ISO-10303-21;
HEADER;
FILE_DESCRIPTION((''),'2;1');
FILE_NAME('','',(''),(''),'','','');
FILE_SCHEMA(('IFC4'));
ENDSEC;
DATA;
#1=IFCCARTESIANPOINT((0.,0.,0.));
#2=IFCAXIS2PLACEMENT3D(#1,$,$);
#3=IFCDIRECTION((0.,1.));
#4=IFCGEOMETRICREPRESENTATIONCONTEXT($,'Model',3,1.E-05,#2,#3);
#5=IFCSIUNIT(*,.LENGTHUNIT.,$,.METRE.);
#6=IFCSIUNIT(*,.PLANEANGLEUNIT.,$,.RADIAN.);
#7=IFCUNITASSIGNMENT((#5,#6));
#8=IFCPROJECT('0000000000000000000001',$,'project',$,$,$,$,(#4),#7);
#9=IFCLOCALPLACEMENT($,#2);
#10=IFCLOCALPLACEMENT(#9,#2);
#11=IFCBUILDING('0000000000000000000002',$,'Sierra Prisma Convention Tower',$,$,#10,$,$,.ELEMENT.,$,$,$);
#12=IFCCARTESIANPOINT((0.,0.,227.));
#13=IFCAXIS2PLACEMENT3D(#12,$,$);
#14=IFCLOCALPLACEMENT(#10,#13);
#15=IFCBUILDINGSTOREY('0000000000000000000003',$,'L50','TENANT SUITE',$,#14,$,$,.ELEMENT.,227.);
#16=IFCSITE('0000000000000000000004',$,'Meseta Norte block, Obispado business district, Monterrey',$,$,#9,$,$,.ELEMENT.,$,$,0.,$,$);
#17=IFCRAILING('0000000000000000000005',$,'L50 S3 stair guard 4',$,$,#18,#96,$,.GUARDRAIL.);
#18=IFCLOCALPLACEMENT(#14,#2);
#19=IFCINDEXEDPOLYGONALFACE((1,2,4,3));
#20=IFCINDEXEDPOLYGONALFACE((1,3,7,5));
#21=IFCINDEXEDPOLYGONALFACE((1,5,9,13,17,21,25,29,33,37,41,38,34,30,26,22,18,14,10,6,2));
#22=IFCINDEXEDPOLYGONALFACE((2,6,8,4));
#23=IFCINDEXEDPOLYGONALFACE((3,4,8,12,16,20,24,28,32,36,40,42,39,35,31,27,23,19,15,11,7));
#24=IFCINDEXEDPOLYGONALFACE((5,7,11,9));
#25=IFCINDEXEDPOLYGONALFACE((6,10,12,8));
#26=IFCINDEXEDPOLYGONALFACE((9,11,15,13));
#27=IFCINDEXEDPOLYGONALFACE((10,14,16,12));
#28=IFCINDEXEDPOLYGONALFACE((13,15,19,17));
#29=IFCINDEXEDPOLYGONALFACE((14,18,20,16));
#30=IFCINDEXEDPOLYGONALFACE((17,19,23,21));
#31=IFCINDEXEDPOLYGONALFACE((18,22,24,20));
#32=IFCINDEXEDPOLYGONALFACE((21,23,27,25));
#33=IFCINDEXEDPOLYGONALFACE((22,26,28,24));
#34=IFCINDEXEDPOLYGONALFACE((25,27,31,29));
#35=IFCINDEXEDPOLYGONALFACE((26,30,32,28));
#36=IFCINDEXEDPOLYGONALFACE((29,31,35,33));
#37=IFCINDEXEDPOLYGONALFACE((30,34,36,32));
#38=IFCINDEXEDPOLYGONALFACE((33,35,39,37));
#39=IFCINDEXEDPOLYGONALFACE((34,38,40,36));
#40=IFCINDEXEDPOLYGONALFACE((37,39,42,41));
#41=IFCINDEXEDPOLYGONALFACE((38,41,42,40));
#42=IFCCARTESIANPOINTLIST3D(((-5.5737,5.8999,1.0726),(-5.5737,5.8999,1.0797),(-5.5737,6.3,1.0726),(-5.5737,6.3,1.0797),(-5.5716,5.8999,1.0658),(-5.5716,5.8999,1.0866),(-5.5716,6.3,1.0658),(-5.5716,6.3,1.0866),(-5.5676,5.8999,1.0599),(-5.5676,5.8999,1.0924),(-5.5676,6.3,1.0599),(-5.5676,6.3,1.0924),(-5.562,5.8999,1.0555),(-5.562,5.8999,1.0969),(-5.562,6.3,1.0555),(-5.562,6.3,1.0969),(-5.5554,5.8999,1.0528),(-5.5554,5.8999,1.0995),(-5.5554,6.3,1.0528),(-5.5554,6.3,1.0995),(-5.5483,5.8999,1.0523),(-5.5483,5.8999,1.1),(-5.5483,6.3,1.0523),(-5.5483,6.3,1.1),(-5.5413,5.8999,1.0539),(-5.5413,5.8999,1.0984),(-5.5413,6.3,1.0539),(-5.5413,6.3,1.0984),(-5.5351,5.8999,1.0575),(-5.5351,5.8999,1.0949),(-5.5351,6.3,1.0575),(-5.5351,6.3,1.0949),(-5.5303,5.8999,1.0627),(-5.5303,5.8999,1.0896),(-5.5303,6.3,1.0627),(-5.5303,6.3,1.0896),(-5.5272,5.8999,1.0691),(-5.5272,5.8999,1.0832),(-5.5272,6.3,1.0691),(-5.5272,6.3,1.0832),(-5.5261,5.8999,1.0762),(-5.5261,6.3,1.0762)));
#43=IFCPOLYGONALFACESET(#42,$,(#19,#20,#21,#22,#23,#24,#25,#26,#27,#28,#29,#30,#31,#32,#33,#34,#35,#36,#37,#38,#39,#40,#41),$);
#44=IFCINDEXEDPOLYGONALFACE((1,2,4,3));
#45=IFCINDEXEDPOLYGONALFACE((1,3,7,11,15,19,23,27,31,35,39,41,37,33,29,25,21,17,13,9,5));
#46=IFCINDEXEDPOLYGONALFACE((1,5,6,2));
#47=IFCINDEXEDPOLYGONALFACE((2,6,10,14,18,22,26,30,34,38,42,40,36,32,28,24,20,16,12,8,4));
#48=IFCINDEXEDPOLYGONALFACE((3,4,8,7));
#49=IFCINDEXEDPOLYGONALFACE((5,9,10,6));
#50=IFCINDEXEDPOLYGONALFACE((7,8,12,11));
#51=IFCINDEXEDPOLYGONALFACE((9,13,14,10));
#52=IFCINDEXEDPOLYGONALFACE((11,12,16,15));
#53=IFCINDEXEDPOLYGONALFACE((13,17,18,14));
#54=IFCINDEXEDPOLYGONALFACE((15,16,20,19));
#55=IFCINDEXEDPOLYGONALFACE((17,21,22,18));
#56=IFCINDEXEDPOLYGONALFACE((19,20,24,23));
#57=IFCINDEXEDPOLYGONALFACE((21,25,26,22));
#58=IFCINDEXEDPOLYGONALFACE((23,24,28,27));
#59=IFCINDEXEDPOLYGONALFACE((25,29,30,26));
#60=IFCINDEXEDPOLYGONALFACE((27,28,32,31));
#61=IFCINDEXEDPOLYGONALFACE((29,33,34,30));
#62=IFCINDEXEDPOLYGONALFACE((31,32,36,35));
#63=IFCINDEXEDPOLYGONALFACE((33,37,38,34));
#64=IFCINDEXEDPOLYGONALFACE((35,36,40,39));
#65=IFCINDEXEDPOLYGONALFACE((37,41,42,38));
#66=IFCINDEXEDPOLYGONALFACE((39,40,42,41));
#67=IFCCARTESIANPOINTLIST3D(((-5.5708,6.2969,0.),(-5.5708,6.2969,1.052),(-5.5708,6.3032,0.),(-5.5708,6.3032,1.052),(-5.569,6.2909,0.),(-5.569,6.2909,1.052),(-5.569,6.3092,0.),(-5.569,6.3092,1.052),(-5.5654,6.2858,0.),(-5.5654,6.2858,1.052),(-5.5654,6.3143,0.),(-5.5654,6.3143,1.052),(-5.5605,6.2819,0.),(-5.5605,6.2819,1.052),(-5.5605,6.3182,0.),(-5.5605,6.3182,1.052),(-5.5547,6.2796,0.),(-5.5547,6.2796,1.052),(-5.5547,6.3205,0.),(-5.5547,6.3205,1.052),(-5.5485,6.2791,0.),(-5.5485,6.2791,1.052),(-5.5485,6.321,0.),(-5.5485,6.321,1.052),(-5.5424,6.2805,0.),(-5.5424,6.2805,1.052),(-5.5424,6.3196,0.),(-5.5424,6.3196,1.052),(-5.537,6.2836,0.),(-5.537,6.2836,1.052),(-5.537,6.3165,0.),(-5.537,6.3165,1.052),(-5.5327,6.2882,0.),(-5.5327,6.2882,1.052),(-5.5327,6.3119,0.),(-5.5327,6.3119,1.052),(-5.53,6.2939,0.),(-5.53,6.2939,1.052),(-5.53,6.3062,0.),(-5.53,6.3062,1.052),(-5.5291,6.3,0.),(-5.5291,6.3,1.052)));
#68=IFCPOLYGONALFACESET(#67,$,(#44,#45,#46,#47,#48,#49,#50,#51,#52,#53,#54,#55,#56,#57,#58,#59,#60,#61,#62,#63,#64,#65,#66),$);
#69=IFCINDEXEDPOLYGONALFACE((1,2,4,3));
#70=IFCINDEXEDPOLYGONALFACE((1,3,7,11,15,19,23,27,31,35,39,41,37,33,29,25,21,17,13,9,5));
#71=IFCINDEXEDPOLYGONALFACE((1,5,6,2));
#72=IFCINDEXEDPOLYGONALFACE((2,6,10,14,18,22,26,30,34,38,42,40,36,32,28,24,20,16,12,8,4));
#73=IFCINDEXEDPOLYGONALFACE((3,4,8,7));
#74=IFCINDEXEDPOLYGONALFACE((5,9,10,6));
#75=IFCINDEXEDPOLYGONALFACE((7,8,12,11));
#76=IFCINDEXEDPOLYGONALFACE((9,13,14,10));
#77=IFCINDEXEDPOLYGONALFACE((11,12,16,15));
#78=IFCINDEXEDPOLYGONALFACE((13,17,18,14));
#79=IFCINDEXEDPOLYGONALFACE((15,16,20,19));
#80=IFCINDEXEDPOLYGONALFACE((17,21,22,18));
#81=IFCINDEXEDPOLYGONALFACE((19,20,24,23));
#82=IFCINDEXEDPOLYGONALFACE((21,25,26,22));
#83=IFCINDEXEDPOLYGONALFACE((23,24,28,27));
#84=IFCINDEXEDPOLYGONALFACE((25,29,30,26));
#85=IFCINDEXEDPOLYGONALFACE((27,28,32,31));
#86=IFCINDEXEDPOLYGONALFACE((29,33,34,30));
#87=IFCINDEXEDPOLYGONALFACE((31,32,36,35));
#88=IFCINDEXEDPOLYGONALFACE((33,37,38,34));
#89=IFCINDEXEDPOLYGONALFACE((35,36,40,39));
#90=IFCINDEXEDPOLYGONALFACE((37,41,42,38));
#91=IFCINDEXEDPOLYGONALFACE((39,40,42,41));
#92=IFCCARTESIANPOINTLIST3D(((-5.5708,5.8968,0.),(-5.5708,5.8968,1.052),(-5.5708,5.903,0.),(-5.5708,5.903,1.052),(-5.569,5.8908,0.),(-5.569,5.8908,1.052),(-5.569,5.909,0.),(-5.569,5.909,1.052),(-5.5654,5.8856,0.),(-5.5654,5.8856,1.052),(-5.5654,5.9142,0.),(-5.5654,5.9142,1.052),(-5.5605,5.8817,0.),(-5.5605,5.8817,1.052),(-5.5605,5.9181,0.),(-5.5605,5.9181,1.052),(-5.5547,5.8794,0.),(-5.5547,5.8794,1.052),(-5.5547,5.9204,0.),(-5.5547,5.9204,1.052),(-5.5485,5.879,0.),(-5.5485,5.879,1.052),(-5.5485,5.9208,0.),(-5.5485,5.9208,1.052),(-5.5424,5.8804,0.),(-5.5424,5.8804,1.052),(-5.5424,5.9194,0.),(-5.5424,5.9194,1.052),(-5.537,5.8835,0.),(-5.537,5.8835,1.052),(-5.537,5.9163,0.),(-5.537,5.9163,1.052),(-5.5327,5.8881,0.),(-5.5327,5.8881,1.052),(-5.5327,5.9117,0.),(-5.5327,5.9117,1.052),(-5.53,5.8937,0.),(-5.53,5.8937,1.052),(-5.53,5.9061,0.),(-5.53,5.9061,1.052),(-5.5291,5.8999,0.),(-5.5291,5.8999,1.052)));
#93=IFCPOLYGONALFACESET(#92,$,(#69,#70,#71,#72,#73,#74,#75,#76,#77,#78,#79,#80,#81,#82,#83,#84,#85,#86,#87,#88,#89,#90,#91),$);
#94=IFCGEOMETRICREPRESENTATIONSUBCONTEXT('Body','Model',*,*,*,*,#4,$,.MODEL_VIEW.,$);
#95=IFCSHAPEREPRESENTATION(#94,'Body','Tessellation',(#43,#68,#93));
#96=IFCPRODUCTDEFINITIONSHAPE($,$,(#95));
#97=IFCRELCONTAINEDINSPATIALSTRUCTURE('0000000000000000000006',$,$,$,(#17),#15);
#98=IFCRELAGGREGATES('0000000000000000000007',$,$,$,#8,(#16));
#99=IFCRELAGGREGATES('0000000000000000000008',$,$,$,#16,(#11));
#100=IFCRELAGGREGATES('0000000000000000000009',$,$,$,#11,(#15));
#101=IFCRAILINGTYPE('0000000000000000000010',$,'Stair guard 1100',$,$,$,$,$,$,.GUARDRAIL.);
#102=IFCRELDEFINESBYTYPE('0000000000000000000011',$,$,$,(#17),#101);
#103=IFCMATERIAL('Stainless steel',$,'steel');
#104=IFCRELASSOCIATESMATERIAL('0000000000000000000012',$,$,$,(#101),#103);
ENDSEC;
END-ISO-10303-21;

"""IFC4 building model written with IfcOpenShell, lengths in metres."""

from ifc_helpers import new_model, si_unit, direction, frame, origin, origin_2d, place, context, subcontext, project, spatial, circle, extrude, material, type_object, element, save


model = new_model("IFC4")

# Units and contexts
model_context = context("Model", 3, precision=1e-05, world=origin(), true_north=direction((0.0, 1.0)))
body_context = subcontext(model_context, "Body", "Model", "MODEL_VIEW")
ifc_project = project(units=[si_unit("LENGTHUNIT", "METRE"), si_unit("PLANEANGLEUNIT", "RADIAN")], contexts=[model_context])

# Site, building, storey
site_placement = place(None, origin())
site = spatial("IfcSite", under=ifc_project, at=site_placement, Name="Meseta Norte block, Obispado business district, Monterrey", CompositionType="ELEMENT", RefElevation=0.0)
building_placement = place(site_placement, origin())
building = spatial("IfcBuilding", under=site, at=building_placement, Name="Sierra Prisma Convention Tower", CompositionType="ELEMENT")
storey_placement = place(building_placement, frame((0.0, 0.0, 227.0)))
storey = spatial("IfcBuildingStorey", under=building, at=storey_placement, Name="L50", Description="TENANT SUITE", CompositionType="ELEMENT", Elevation=227.0)

# Railing
ifc_material_1 = material(Name="Stainless steel", Category="steel")
railing_type_1 = type_object("IfcRailingType", Name="Stair guard 1100", PredefinedType="GUARDRAIL", material=ifc_material_1)
railing_1_placement = place(storey_placement, frame((-5.55, 6.3, 0.0)))
element("IfcRailing", 1, at=railing_1_placement, inside=storey, type_object=railing_type_1, Name="L50 S3 stair guard 4", PredefinedType="GUARDRAIL", context=body_context, shape_type="SweptSolid", body=[
    extrude(circle(Radius=0.0239, at=origin_2d()), frame((0.0, 0.0, 1.0762), z_axis=(0.0, -1.0, 0.0), x_axis=(1.0, 0.0, 0.0)), (0.0, 0.0, 1.0), 0.4001),
    extrude(circle(Radius=0.021, at=origin_2d()), origin(), (0.0, 0.0, 1.0), 1.052),
    extrude(circle(Radius=0.021, at=origin_2d()), frame((0.0, -0.4001, 0.0)), (0.0, 0.0, 1.0), 1.052),
])

save(model, "model.ifc")
